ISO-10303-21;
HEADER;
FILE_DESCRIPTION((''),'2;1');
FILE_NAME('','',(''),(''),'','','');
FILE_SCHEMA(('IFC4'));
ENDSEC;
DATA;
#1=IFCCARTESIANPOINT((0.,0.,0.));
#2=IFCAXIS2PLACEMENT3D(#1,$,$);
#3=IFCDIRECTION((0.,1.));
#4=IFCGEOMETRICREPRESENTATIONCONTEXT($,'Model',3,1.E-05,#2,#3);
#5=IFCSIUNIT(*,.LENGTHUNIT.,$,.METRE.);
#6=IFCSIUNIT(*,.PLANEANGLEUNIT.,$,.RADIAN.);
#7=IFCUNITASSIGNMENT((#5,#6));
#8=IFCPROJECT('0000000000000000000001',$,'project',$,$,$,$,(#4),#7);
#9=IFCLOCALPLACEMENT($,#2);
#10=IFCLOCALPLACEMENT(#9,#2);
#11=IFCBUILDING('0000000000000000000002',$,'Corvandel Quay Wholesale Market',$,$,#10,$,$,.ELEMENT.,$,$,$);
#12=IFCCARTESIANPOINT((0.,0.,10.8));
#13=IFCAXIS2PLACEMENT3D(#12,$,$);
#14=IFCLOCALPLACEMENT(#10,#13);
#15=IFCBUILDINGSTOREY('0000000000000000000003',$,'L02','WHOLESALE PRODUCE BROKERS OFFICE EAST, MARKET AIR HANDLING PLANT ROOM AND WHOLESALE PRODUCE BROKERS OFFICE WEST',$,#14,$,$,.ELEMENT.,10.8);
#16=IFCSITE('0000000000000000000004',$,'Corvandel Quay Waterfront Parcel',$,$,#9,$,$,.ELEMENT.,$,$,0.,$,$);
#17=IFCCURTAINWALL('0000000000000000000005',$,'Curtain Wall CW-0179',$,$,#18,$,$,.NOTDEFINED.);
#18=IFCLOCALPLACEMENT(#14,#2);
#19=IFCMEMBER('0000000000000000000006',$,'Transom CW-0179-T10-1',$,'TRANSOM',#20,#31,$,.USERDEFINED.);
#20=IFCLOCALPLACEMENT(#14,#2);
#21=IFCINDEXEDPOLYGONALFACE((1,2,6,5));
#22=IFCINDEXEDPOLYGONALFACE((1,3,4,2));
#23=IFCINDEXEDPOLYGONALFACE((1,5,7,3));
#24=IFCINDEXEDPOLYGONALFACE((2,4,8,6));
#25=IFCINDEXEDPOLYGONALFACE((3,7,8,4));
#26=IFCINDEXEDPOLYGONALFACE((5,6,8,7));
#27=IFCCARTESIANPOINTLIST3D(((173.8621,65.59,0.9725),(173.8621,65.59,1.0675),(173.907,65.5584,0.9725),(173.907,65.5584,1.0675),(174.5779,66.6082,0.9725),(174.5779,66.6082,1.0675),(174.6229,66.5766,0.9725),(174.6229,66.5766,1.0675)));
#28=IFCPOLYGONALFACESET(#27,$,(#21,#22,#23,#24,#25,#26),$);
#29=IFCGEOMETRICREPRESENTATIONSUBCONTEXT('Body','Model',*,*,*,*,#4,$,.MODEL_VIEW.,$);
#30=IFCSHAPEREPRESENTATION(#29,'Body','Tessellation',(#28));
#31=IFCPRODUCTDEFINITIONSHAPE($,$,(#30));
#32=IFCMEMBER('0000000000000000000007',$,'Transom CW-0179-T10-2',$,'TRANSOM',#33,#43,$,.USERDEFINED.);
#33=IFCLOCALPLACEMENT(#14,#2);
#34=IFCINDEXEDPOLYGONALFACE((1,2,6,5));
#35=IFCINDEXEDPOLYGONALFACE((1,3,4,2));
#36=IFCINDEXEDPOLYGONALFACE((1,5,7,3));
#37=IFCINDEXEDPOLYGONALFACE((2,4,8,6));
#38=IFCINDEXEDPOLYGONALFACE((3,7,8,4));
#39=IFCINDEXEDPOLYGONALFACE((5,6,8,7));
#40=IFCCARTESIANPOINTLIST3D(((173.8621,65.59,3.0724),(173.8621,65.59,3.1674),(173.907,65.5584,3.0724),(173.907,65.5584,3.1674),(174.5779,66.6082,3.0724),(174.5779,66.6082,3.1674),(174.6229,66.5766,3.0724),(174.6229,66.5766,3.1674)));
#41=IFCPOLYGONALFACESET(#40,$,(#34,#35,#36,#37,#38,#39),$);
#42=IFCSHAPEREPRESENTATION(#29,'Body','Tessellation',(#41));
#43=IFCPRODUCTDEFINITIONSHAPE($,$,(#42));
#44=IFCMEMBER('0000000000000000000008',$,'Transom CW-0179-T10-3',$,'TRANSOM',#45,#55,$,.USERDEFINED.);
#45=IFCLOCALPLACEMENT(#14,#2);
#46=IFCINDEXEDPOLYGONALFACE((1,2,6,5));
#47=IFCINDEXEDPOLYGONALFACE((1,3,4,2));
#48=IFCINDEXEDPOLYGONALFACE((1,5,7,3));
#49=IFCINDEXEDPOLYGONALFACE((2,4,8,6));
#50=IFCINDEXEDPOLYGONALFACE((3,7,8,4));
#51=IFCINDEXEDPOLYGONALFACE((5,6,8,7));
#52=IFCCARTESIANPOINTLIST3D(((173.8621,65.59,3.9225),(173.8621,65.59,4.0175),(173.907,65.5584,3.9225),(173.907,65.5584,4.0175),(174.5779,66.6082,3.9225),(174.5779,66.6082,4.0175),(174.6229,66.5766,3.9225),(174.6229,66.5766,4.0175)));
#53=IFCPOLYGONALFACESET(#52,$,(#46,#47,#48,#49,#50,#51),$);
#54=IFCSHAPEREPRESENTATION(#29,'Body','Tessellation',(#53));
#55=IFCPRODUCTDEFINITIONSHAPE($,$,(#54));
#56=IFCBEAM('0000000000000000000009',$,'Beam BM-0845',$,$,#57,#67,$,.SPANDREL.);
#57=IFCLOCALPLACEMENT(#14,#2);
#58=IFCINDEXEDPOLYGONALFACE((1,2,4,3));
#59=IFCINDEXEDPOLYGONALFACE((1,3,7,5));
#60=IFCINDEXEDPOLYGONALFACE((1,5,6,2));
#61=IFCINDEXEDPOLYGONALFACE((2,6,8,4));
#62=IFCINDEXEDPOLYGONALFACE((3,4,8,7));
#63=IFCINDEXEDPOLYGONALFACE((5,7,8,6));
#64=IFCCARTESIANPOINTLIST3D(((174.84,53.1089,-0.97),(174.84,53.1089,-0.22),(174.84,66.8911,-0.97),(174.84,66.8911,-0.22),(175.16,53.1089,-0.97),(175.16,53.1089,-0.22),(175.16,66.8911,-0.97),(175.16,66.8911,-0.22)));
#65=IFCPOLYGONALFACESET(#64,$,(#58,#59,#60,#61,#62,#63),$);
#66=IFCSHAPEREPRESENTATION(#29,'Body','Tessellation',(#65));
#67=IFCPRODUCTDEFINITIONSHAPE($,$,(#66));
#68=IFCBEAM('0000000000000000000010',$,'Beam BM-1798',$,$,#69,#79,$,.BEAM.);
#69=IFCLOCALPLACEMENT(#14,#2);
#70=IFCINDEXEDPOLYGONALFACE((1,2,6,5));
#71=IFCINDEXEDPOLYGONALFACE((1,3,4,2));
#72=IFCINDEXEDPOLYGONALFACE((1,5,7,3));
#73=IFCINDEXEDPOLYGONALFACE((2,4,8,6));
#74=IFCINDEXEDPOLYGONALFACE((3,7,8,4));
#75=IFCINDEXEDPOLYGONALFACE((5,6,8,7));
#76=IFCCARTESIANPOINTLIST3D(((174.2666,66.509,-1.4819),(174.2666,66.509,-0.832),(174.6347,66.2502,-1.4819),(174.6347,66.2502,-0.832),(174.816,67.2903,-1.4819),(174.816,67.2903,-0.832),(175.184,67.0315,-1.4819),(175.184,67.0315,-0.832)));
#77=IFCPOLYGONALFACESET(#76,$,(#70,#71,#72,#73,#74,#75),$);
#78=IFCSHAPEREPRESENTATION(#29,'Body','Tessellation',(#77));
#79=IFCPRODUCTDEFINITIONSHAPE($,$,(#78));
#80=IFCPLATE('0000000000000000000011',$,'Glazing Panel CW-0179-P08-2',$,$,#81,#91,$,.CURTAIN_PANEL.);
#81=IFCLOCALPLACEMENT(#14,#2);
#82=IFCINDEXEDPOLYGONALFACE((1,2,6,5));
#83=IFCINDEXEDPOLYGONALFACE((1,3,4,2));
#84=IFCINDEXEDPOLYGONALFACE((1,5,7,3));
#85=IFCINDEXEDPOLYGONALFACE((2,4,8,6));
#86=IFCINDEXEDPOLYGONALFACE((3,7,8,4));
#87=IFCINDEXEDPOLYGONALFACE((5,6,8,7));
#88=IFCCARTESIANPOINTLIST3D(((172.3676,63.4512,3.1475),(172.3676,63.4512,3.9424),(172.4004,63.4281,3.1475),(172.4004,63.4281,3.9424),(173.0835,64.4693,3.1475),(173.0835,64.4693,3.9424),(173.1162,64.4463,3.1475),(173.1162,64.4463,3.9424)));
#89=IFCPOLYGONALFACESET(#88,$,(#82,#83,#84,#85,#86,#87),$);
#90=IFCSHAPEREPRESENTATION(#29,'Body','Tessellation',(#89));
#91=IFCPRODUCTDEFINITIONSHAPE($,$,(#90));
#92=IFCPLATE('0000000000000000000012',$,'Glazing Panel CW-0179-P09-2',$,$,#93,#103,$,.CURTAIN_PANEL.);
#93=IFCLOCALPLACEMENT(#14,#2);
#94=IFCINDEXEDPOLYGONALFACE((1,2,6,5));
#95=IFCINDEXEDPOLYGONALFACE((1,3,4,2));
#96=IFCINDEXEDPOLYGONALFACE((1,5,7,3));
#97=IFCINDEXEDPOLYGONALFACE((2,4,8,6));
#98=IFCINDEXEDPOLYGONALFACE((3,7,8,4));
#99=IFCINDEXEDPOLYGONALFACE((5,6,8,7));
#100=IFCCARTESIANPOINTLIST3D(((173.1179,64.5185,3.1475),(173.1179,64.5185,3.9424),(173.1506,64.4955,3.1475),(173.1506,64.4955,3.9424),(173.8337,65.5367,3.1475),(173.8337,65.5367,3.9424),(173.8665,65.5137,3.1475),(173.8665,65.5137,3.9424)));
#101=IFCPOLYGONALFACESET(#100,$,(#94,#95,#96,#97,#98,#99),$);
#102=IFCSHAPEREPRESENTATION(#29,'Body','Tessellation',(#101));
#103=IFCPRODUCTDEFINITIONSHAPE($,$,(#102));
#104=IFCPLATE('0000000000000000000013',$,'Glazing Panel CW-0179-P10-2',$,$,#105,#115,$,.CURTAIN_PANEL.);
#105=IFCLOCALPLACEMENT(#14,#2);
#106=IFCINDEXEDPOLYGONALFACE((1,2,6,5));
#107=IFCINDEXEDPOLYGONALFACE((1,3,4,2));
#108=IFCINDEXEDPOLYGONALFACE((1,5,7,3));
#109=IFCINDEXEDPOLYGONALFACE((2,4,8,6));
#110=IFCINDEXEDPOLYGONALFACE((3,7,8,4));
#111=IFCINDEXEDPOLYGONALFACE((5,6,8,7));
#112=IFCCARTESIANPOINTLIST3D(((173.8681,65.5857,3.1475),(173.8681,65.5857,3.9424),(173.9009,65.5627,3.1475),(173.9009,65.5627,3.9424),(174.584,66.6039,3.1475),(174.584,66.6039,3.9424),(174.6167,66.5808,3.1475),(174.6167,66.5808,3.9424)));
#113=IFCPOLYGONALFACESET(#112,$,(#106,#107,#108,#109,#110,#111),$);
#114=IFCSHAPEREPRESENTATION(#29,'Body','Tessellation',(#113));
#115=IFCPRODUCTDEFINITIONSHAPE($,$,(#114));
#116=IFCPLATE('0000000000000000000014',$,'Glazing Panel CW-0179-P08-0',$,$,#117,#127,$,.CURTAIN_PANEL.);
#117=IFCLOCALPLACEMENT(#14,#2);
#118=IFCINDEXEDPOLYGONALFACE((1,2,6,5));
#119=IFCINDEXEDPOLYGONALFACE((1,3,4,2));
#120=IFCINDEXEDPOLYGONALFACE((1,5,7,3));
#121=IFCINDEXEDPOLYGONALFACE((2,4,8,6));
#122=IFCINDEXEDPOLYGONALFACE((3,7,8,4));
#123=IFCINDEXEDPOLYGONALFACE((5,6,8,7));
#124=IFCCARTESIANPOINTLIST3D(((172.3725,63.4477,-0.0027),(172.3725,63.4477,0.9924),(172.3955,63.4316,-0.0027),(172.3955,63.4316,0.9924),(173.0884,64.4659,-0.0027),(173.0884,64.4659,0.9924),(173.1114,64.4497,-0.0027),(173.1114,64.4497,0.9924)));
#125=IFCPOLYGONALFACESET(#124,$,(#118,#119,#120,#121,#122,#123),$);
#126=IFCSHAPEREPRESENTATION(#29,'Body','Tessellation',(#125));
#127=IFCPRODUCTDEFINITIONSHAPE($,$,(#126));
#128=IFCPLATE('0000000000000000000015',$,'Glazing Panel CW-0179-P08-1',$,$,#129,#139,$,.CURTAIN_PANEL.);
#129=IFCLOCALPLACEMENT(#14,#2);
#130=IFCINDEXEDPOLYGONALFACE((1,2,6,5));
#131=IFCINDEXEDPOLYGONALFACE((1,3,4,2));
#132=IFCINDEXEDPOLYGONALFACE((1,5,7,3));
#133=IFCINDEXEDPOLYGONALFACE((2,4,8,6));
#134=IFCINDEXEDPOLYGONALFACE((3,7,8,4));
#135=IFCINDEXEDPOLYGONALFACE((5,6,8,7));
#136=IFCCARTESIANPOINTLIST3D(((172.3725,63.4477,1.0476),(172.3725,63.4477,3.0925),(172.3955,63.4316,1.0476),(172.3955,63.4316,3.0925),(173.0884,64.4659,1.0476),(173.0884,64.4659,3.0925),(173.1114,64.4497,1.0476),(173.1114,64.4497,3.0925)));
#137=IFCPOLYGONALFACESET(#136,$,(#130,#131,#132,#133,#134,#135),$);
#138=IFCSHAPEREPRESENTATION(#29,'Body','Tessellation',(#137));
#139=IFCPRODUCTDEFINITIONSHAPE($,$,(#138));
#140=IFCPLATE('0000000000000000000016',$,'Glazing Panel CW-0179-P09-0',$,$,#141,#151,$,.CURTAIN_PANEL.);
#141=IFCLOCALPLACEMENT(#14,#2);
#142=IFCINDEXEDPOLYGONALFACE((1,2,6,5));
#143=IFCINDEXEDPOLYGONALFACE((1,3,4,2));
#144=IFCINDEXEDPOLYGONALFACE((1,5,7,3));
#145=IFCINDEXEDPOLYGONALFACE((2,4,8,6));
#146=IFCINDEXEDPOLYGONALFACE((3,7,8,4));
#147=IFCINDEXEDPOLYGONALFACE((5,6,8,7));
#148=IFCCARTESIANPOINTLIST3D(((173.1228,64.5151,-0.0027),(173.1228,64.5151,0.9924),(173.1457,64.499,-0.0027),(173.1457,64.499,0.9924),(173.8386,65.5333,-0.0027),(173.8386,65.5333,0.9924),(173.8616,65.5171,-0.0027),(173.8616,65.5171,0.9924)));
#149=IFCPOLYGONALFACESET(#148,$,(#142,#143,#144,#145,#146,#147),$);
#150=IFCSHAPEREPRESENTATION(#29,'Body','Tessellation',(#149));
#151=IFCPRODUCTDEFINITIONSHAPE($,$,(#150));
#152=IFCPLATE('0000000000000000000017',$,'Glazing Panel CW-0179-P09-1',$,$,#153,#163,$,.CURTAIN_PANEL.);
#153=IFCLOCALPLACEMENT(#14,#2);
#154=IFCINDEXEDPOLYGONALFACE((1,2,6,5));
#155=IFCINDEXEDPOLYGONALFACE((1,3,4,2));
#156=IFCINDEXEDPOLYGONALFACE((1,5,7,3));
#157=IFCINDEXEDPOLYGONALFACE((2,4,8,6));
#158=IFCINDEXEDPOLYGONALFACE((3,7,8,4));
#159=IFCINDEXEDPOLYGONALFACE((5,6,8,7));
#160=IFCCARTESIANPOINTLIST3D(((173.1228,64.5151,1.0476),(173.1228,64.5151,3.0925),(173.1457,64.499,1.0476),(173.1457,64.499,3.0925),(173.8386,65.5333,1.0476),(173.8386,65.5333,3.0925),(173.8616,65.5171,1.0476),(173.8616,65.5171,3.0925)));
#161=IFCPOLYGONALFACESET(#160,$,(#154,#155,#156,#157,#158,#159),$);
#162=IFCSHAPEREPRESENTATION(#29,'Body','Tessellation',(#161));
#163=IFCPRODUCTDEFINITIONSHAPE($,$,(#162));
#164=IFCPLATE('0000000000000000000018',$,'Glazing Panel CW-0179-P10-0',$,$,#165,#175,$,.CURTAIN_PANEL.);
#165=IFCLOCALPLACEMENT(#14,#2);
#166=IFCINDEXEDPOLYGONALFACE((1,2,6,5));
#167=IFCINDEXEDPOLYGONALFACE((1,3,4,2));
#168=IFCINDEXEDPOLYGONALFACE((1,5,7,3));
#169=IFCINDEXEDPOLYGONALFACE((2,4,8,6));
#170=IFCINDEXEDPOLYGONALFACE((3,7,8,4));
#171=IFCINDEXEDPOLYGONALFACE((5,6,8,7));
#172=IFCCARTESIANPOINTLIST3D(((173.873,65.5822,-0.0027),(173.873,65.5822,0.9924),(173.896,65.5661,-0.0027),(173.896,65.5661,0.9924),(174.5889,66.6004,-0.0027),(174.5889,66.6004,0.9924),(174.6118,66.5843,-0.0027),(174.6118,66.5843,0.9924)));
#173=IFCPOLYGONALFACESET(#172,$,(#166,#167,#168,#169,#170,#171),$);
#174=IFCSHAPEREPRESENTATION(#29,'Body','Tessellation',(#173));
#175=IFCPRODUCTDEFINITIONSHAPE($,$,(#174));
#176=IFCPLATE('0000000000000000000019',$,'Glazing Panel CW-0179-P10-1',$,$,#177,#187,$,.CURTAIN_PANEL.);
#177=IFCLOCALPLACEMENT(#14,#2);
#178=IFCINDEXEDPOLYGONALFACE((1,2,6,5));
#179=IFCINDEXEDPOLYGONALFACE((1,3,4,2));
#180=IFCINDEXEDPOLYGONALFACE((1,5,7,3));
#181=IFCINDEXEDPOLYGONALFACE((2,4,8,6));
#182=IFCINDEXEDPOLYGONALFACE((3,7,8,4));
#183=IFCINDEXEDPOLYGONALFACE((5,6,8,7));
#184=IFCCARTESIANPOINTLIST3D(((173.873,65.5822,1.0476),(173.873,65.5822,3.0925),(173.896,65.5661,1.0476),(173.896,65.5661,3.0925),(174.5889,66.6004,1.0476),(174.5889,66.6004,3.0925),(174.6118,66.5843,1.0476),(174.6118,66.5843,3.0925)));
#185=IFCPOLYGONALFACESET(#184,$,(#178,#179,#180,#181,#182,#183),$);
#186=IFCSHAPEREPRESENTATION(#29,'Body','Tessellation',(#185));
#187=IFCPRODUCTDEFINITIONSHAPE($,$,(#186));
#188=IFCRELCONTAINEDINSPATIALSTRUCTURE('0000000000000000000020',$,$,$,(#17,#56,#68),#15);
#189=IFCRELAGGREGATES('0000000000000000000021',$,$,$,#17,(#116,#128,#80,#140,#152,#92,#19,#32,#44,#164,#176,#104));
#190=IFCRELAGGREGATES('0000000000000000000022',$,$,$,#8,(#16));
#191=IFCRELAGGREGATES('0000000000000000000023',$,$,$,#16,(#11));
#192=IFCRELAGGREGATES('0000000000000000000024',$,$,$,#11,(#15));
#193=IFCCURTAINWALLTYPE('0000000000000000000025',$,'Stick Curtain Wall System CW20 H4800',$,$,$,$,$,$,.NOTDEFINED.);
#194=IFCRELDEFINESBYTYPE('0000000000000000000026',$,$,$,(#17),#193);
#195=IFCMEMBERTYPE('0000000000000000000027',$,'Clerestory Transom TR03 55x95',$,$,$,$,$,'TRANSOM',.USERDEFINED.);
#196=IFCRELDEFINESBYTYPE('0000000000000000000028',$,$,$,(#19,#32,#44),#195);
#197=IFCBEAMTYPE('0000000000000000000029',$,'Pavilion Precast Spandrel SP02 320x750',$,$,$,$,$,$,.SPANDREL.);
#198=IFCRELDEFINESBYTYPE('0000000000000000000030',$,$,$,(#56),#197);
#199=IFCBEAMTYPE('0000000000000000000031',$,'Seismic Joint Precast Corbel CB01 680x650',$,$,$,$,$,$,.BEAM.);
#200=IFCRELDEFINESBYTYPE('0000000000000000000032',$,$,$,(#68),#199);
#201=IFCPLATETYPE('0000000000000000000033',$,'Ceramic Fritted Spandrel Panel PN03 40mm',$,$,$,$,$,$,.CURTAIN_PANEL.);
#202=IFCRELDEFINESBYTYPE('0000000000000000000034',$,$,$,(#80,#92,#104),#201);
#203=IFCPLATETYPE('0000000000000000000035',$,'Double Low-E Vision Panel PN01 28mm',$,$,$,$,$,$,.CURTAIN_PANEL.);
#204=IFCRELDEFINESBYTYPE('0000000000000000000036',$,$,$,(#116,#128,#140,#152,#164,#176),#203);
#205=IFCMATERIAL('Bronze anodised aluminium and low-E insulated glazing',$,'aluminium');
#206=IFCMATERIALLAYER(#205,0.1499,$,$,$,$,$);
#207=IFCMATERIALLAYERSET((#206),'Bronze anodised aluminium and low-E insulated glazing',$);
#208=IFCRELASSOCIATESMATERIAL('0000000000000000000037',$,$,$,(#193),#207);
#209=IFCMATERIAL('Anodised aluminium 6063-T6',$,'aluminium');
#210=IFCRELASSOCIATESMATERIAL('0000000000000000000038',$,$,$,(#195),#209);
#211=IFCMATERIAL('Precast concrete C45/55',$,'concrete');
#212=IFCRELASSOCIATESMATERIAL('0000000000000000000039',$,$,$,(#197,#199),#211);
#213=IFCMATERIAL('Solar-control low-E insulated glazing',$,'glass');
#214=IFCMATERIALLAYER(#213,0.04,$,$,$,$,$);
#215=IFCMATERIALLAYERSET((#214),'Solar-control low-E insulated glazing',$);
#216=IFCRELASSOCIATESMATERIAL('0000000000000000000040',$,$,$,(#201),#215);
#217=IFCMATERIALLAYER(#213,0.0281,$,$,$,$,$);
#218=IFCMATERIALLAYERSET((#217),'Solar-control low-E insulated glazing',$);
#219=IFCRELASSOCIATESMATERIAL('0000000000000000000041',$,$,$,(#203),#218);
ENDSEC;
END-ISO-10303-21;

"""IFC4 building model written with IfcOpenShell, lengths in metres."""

from ifc_helpers import new_model, si_unit, direction, frame, origin, origin_2d, place, context, subcontext, project, spatial, rectangle, extrude, material, layer, layer_set, material_profile, profile_set, type_object, element, aggregate, save


model = new_model("IFC4")

# Units and contexts
model_context = context("Model", 3, precision=1e-05, world=origin(), true_north=direction((0.0, 1.0)))
body_context = subcontext(model_context, "Body", "Model", "MODEL_VIEW")
ifc_project = project(units=[si_unit("LENGTHUNIT", "METRE"), si_unit("PLANEANGLEUNIT", "RADIAN")], contexts=[model_context])

# Site, building, storey
site_placement = place(None, origin())
site = spatial("IfcSite", under=ifc_project, at=site_placement, Name="Corvandel Quay Waterfront Parcel", CompositionType="ELEMENT", RefElevation=0.0)
building_placement = place(site_placement, origin())
building = spatial("IfcBuilding", under=site, at=building_placement, Name="Corvandel Quay Wholesale Market", CompositionType="ELEMENT")
storey_placement = place(building_placement, frame((0.0, 0.0, 10.8)))
storey = spatial("IfcBuildingStorey", under=building, at=storey_placement, Name="L02", Description="WHOLESALE PRODUCE BROKERS OFFICE EAST, MARKET AIR HANDLING PLANT ROOM AND WHOLESALE PRODUCE BROKERS OFFICE WEST", CompositionType="ELEMENT", Elevation=10.8)

# Shared definitions
ifc_material_1 = material(Name="Precast concrete C45/55", Category="concrete")

# Curtain wall, members
ifc_material_2 = material(Name="Bronze anodised aluminium and low-E insulated glazing", Category="aluminium")
ifc_layer_1 = layer(ifc_material_2, 0.1499)
ifc_layer_set_1 = layer_set([ifc_layer_1], Name="Bronze anodised aluminium and low-E insulated glazing")
curtain_wall_type = type_object("IfcCurtainWallType", Name="Stick Curtain Wall System CW20 H4800", PredefinedType="NOTDEFINED", material=ifc_layer_set_1)
curtain_wall_placement = place(storey_placement, origin())
curtain_wall = element("IfcCurtainWall", 1, at=curtain_wall_placement, inside=storey, type_object=curtain_wall_type, Name="Curtain Wall CW-0179", PredefinedType="NOTDEFINED")
ifc_material_3 = material(Name="Anodised aluminium 6063-T6", Category="aluminium")
ifc_material_profile_1 = material_profile(ifc_material_3, rectangle(XDim=0.0549, YDim=0.095, at=origin_2d()), Name="ALU-TRN-55x95")
ifc_profile_set_1 = profile_set([ifc_material_profile_1], Name="Anodised aluminium 6063-T6")
member_type_1 = type_object("IfcMemberType", Name="Clerestory Transom TR03 55x95", ElementType="TRANSOM", PredefinedType="USERDEFINED", material=ifc_profile_set_1)
member_1_placement = place(storey_placement, frame((173.8845, 65.5742, 1.02), z_axis=(0.575173, 0.818032, 0.0), x_axis=(-0.818032, 0.575173, 0.0)))
member_1 = element("IfcMember", 2, at=member_1_placement, type_object=member_type_1, Name="Transom CW-0179-T10-1", ObjectType="TRANSOM", PredefinedType="USERDEFINED", context=body_context, shape_type="SweptSolid", body=[
    extrude(rectangle(XDim=0.0549, YDim=0.095, at=origin_2d()), origin(), (0.0, 0.0, 1.0), 1.2446),
])
member_2_placement = place(storey_placement, frame((173.8845, 65.5742, 3.1199), z_axis=(0.575173, 0.818032, 0.0), x_axis=(-0.818032, 0.575173, 0.0)))
member_2 = element("IfcMember", 3, at=member_2_placement, type_object=member_type_1, Name="Transom CW-0179-T10-2", ObjectType="TRANSOM", PredefinedType="USERDEFINED", context=body_context, shape_type="SweptSolid", body=[
    extrude(rectangle(XDim=0.0549, YDim=0.095, at=origin_2d()), origin(), (0.0, 0.0, 1.0), 1.2446),
])
member_3_placement = place(storey_placement, frame((173.8845, 65.5742, 3.97), z_axis=(0.575173, 0.818032, 0.0), x_axis=(-0.818032, 0.575173, 0.0)))
member_3 = element("IfcMember", 4, at=member_3_placement, type_object=member_type_1, Name="Transom CW-0179-T10-3", ObjectType="TRANSOM", PredefinedType="USERDEFINED", context=body_context, shape_type="SweptSolid", body=[
    extrude(rectangle(XDim=0.0549, YDim=0.095, at=origin_2d()), origin(), (0.0, 0.0, 1.0), 1.2446),
])

# Beams
ifc_material_profile_2 = material_profile(ifc_material_1, rectangle(XDim=0.3201, YDim=0.75, at=origin_2d()), Name="PC-SPN-320x750")
ifc_profile_set_2 = profile_set([ifc_material_profile_2], Name="Precast concrete C45/55")
beam_type_1 = type_object("IfcBeamType", Name="Pavilion Precast Spandrel SP02 320x750", PredefinedType="SPANDREL", material=ifc_profile_set_2)
beam_1_placement = place(storey_placement, frame((175.0, 66.8911, -0.595), z_axis=(0.0, -1.0, 0.0), x_axis=(1.0, 0.0, 0.0)))
element("IfcBeam", 5, at=beam_1_placement, inside=storey, type_object=beam_type_1, Name="Beam BM-0845", PredefinedType="SPANDREL", context=body_context, shape_type="SweptSolid", body=[
    extrude(rectangle(XDim=0.3201, YDim=0.75, at=origin_2d()), origin(), (0.0, 0.0, 1.0), 13.7822),
])
ifc_material_profile_3 = material_profile(ifc_material_1, rectangle(XDim=0.45, YDim=0.6499, at=origin_2d()), Name="PC-COR-680x650")
ifc_profile_set_3 = profile_set([ifc_material_profile_3], Name="Precast concrete C45/55")
beam_type_2 = type_object("IfcBeamType", Name="Seismic Joint Precast Corbel CB01 680x650", PredefinedType="BEAM", material=ifc_profile_set_3)
beam_2_placement = place(storey_placement, frame((175.0, 67.1609, -1.157), z_axis=(-0.575177, -0.818029, 0.0), x_axis=(0.818029, -0.575177, 0.0)))
element("IfcBeam", 6, at=beam_2_placement, inside=storey, type_object=beam_type_2, Name="Beam BM-1798", PredefinedType="BEAM", context=body_context, shape_type="SweptSolid", body=[
    extrude(rectangle(XDim=0.45, YDim=0.6499, at=origin_2d()), origin(), (0.0, 0.0, 1.0), 0.9551),
])

# Plates
ifc_material_4 = material(Name="Solar-control low-E insulated glazing", Category="glass")
ifc_layer_2 = layer(ifc_material_4, 0.04)
ifc_layer_set_2 = layer_set([ifc_layer_2], Name="Solar-control low-E insulated glazing")
plate_type_1 = type_object("IfcPlateType", Name="Ceramic Fritted Spandrel Panel PN03 40mm", PredefinedType="CURTAIN_PANEL", material=ifc_layer_set_2)
plate_1_placement = place(storey_placement, frame((172.7419, 63.9487, 3.1475), z_axis=(0.0, 0.0, 1.0), x_axis=(0.575148, 0.818049, 0.0)))
plate_1 = element("IfcPlate", 7, at=plate_1_placement, type_object=plate_type_1, Name="Glazing Panel CW-0179-P08-2", PredefinedType="CURTAIN_PANEL", context=body_context, shape_type="SweptSolid", body=[
    extrude(rectangle(XDim=1.2446, YDim=0.04, at=origin_2d()), origin(), (0.0, 0.0, 1.0), 0.7949),
])
plate_2_placement = place(storey_placement, frame((173.4922, 65.0161, 3.1475), z_axis=(0.0, 0.0, 1.0), x_axis=(0.575148, 0.818049, 0.0)))
plate_2 = element("IfcPlate", 8, at=plate_2_placement, type_object=plate_type_1, Name="Glazing Panel CW-0179-P09-2", PredefinedType="CURTAIN_PANEL", context=body_context, shape_type="SweptSolid", body=[
    extrude(rectangle(XDim=1.2446, YDim=0.04, at=origin_2d()), origin(), (0.0, 0.0, 1.0), 0.7949),
])
plate_3_placement = place(storey_placement, frame((174.2424, 66.0833, 3.1475), z_axis=(0.0, 0.0, 1.0), x_axis=(0.575148, 0.818049, 0.0)))
plate_3 = element("IfcPlate", 9, at=plate_3_placement, type_object=plate_type_1, Name="Glazing Panel CW-0179-P10-2", PredefinedType="CURTAIN_PANEL", context=body_context, shape_type="SweptSolid", body=[
    extrude(rectangle(XDim=1.2446, YDim=0.04, at=origin_2d()), origin(), (0.0, 0.0, 1.0), 0.7949),
])
ifc_layer_3 = layer(ifc_material_4, 0.0281)
ifc_layer_set_3 = layer_set([ifc_layer_3], Name="Solar-control low-E insulated glazing")
plate_type_2 = type_object("IfcPlateType", Name="Double Low-E Vision Panel PN01 28mm", PredefinedType="CURTAIN_PANEL", material=ifc_layer_set_3)
plate_4_placement = place(storey_placement, frame((172.7419, 63.9487, -0.0027), z_axis=(0.0, 0.0, 1.0), x_axis=(0.575148, 0.818049, 0.0)))
plate_4 = element("IfcPlate", 10, at=plate_4_placement, type_object=plate_type_2, Name="Glazing Panel CW-0179-P08-0", PredefinedType="CURTAIN_PANEL", context=body_context, shape_type="SweptSolid", body=[
    extrude(rectangle(XDim=1.2446, YDim=0.0281, at=origin_2d()), origin(), (0.0, 0.0, 1.0), 0.9951),
])
plate_5_placement = place(storey_placement, frame((172.7419, 63.9487, 1.0476), z_axis=(0.0, 0.0, 1.0), x_axis=(0.575148, 0.818049, 0.0)))
plate_5 = element("IfcPlate", 11, at=plate_5_placement, type_object=plate_type_2, Name="Glazing Panel CW-0179-P08-1", PredefinedType="CURTAIN_PANEL", context=body_context, shape_type="SweptSolid", body=[
    extrude(rectangle(XDim=1.2446, YDim=0.0281, at=origin_2d()), origin(), (0.0, 0.0, 1.0), 2.0449),
])
plate_6_placement = place(storey_placement, frame((173.4922, 65.0161, -0.0027), z_axis=(0.0, 0.0, 1.0), x_axis=(0.575148, 0.818049, 0.0)))
plate_6 = element("IfcPlate", 12, at=plate_6_placement, type_object=plate_type_2, Name="Glazing Panel CW-0179-P09-0", PredefinedType="CURTAIN_PANEL", context=body_context, shape_type="SweptSolid", body=[
    extrude(rectangle(XDim=1.2446, YDim=0.0281, at=origin_2d()), origin(), (0.0, 0.0, 1.0), 0.9951),
])
plate_7_placement = place(storey_placement, frame((173.4922, 65.0161, 1.0476), z_axis=(0.0, 0.0, 1.0), x_axis=(0.575148, 0.818049, 0.0)))
plate_7 = element("IfcPlate", 13, at=plate_7_placement, type_object=plate_type_2, Name="Glazing Panel CW-0179-P09-1", PredefinedType="CURTAIN_PANEL", context=body_context, shape_type="SweptSolid", body=[
    extrude(rectangle(XDim=1.2446, YDim=0.0281, at=origin_2d()), origin(), (0.0, 0.0, 1.0), 2.0449),
])
plate_8_placement = place(storey_placement, frame((174.2424, 66.0833, -0.0027), z_axis=(0.0, 0.0, 1.0), x_axis=(0.575148, 0.818049, 0.0)))
plate_8 = element("IfcPlate", 14, at=plate_8_placement, type_object=plate_type_2, Name="Glazing Panel CW-0179-P10-0", PredefinedType="CURTAIN_PANEL", context=body_context, shape_type="SweptSolid", body=[
    extrude(rectangle(XDim=1.2446, YDim=0.0281, at=origin_2d()), origin(), (0.0, 0.0, 1.0), 0.9951),
])
plate_9_placement = place(storey_placement, frame((174.2424, 66.0833, 1.0476), z_axis=(0.0, 0.0, 1.0), x_axis=(0.575148, 0.818049, 0.0)))
plate_9 = element("IfcPlate", 15, at=plate_9_placement, type_object=plate_type_2, Name="Glazing Panel CW-0179-P10-1", PredefinedType="CURTAIN_PANEL", context=body_context, shape_type="SweptSolid", body=[
    extrude(rectangle(XDim=1.2446, YDim=0.0281, at=origin_2d()), origin(), (0.0, 0.0, 1.0), 2.0449),
])
aggregate(curtain_wall, [plate_4, plate_5, plate_1, plate_6, plate_7, plate_2, member_1, member_2, member_3, plate_8, plate_9, plate_3])

save(model, "model.ifc")
